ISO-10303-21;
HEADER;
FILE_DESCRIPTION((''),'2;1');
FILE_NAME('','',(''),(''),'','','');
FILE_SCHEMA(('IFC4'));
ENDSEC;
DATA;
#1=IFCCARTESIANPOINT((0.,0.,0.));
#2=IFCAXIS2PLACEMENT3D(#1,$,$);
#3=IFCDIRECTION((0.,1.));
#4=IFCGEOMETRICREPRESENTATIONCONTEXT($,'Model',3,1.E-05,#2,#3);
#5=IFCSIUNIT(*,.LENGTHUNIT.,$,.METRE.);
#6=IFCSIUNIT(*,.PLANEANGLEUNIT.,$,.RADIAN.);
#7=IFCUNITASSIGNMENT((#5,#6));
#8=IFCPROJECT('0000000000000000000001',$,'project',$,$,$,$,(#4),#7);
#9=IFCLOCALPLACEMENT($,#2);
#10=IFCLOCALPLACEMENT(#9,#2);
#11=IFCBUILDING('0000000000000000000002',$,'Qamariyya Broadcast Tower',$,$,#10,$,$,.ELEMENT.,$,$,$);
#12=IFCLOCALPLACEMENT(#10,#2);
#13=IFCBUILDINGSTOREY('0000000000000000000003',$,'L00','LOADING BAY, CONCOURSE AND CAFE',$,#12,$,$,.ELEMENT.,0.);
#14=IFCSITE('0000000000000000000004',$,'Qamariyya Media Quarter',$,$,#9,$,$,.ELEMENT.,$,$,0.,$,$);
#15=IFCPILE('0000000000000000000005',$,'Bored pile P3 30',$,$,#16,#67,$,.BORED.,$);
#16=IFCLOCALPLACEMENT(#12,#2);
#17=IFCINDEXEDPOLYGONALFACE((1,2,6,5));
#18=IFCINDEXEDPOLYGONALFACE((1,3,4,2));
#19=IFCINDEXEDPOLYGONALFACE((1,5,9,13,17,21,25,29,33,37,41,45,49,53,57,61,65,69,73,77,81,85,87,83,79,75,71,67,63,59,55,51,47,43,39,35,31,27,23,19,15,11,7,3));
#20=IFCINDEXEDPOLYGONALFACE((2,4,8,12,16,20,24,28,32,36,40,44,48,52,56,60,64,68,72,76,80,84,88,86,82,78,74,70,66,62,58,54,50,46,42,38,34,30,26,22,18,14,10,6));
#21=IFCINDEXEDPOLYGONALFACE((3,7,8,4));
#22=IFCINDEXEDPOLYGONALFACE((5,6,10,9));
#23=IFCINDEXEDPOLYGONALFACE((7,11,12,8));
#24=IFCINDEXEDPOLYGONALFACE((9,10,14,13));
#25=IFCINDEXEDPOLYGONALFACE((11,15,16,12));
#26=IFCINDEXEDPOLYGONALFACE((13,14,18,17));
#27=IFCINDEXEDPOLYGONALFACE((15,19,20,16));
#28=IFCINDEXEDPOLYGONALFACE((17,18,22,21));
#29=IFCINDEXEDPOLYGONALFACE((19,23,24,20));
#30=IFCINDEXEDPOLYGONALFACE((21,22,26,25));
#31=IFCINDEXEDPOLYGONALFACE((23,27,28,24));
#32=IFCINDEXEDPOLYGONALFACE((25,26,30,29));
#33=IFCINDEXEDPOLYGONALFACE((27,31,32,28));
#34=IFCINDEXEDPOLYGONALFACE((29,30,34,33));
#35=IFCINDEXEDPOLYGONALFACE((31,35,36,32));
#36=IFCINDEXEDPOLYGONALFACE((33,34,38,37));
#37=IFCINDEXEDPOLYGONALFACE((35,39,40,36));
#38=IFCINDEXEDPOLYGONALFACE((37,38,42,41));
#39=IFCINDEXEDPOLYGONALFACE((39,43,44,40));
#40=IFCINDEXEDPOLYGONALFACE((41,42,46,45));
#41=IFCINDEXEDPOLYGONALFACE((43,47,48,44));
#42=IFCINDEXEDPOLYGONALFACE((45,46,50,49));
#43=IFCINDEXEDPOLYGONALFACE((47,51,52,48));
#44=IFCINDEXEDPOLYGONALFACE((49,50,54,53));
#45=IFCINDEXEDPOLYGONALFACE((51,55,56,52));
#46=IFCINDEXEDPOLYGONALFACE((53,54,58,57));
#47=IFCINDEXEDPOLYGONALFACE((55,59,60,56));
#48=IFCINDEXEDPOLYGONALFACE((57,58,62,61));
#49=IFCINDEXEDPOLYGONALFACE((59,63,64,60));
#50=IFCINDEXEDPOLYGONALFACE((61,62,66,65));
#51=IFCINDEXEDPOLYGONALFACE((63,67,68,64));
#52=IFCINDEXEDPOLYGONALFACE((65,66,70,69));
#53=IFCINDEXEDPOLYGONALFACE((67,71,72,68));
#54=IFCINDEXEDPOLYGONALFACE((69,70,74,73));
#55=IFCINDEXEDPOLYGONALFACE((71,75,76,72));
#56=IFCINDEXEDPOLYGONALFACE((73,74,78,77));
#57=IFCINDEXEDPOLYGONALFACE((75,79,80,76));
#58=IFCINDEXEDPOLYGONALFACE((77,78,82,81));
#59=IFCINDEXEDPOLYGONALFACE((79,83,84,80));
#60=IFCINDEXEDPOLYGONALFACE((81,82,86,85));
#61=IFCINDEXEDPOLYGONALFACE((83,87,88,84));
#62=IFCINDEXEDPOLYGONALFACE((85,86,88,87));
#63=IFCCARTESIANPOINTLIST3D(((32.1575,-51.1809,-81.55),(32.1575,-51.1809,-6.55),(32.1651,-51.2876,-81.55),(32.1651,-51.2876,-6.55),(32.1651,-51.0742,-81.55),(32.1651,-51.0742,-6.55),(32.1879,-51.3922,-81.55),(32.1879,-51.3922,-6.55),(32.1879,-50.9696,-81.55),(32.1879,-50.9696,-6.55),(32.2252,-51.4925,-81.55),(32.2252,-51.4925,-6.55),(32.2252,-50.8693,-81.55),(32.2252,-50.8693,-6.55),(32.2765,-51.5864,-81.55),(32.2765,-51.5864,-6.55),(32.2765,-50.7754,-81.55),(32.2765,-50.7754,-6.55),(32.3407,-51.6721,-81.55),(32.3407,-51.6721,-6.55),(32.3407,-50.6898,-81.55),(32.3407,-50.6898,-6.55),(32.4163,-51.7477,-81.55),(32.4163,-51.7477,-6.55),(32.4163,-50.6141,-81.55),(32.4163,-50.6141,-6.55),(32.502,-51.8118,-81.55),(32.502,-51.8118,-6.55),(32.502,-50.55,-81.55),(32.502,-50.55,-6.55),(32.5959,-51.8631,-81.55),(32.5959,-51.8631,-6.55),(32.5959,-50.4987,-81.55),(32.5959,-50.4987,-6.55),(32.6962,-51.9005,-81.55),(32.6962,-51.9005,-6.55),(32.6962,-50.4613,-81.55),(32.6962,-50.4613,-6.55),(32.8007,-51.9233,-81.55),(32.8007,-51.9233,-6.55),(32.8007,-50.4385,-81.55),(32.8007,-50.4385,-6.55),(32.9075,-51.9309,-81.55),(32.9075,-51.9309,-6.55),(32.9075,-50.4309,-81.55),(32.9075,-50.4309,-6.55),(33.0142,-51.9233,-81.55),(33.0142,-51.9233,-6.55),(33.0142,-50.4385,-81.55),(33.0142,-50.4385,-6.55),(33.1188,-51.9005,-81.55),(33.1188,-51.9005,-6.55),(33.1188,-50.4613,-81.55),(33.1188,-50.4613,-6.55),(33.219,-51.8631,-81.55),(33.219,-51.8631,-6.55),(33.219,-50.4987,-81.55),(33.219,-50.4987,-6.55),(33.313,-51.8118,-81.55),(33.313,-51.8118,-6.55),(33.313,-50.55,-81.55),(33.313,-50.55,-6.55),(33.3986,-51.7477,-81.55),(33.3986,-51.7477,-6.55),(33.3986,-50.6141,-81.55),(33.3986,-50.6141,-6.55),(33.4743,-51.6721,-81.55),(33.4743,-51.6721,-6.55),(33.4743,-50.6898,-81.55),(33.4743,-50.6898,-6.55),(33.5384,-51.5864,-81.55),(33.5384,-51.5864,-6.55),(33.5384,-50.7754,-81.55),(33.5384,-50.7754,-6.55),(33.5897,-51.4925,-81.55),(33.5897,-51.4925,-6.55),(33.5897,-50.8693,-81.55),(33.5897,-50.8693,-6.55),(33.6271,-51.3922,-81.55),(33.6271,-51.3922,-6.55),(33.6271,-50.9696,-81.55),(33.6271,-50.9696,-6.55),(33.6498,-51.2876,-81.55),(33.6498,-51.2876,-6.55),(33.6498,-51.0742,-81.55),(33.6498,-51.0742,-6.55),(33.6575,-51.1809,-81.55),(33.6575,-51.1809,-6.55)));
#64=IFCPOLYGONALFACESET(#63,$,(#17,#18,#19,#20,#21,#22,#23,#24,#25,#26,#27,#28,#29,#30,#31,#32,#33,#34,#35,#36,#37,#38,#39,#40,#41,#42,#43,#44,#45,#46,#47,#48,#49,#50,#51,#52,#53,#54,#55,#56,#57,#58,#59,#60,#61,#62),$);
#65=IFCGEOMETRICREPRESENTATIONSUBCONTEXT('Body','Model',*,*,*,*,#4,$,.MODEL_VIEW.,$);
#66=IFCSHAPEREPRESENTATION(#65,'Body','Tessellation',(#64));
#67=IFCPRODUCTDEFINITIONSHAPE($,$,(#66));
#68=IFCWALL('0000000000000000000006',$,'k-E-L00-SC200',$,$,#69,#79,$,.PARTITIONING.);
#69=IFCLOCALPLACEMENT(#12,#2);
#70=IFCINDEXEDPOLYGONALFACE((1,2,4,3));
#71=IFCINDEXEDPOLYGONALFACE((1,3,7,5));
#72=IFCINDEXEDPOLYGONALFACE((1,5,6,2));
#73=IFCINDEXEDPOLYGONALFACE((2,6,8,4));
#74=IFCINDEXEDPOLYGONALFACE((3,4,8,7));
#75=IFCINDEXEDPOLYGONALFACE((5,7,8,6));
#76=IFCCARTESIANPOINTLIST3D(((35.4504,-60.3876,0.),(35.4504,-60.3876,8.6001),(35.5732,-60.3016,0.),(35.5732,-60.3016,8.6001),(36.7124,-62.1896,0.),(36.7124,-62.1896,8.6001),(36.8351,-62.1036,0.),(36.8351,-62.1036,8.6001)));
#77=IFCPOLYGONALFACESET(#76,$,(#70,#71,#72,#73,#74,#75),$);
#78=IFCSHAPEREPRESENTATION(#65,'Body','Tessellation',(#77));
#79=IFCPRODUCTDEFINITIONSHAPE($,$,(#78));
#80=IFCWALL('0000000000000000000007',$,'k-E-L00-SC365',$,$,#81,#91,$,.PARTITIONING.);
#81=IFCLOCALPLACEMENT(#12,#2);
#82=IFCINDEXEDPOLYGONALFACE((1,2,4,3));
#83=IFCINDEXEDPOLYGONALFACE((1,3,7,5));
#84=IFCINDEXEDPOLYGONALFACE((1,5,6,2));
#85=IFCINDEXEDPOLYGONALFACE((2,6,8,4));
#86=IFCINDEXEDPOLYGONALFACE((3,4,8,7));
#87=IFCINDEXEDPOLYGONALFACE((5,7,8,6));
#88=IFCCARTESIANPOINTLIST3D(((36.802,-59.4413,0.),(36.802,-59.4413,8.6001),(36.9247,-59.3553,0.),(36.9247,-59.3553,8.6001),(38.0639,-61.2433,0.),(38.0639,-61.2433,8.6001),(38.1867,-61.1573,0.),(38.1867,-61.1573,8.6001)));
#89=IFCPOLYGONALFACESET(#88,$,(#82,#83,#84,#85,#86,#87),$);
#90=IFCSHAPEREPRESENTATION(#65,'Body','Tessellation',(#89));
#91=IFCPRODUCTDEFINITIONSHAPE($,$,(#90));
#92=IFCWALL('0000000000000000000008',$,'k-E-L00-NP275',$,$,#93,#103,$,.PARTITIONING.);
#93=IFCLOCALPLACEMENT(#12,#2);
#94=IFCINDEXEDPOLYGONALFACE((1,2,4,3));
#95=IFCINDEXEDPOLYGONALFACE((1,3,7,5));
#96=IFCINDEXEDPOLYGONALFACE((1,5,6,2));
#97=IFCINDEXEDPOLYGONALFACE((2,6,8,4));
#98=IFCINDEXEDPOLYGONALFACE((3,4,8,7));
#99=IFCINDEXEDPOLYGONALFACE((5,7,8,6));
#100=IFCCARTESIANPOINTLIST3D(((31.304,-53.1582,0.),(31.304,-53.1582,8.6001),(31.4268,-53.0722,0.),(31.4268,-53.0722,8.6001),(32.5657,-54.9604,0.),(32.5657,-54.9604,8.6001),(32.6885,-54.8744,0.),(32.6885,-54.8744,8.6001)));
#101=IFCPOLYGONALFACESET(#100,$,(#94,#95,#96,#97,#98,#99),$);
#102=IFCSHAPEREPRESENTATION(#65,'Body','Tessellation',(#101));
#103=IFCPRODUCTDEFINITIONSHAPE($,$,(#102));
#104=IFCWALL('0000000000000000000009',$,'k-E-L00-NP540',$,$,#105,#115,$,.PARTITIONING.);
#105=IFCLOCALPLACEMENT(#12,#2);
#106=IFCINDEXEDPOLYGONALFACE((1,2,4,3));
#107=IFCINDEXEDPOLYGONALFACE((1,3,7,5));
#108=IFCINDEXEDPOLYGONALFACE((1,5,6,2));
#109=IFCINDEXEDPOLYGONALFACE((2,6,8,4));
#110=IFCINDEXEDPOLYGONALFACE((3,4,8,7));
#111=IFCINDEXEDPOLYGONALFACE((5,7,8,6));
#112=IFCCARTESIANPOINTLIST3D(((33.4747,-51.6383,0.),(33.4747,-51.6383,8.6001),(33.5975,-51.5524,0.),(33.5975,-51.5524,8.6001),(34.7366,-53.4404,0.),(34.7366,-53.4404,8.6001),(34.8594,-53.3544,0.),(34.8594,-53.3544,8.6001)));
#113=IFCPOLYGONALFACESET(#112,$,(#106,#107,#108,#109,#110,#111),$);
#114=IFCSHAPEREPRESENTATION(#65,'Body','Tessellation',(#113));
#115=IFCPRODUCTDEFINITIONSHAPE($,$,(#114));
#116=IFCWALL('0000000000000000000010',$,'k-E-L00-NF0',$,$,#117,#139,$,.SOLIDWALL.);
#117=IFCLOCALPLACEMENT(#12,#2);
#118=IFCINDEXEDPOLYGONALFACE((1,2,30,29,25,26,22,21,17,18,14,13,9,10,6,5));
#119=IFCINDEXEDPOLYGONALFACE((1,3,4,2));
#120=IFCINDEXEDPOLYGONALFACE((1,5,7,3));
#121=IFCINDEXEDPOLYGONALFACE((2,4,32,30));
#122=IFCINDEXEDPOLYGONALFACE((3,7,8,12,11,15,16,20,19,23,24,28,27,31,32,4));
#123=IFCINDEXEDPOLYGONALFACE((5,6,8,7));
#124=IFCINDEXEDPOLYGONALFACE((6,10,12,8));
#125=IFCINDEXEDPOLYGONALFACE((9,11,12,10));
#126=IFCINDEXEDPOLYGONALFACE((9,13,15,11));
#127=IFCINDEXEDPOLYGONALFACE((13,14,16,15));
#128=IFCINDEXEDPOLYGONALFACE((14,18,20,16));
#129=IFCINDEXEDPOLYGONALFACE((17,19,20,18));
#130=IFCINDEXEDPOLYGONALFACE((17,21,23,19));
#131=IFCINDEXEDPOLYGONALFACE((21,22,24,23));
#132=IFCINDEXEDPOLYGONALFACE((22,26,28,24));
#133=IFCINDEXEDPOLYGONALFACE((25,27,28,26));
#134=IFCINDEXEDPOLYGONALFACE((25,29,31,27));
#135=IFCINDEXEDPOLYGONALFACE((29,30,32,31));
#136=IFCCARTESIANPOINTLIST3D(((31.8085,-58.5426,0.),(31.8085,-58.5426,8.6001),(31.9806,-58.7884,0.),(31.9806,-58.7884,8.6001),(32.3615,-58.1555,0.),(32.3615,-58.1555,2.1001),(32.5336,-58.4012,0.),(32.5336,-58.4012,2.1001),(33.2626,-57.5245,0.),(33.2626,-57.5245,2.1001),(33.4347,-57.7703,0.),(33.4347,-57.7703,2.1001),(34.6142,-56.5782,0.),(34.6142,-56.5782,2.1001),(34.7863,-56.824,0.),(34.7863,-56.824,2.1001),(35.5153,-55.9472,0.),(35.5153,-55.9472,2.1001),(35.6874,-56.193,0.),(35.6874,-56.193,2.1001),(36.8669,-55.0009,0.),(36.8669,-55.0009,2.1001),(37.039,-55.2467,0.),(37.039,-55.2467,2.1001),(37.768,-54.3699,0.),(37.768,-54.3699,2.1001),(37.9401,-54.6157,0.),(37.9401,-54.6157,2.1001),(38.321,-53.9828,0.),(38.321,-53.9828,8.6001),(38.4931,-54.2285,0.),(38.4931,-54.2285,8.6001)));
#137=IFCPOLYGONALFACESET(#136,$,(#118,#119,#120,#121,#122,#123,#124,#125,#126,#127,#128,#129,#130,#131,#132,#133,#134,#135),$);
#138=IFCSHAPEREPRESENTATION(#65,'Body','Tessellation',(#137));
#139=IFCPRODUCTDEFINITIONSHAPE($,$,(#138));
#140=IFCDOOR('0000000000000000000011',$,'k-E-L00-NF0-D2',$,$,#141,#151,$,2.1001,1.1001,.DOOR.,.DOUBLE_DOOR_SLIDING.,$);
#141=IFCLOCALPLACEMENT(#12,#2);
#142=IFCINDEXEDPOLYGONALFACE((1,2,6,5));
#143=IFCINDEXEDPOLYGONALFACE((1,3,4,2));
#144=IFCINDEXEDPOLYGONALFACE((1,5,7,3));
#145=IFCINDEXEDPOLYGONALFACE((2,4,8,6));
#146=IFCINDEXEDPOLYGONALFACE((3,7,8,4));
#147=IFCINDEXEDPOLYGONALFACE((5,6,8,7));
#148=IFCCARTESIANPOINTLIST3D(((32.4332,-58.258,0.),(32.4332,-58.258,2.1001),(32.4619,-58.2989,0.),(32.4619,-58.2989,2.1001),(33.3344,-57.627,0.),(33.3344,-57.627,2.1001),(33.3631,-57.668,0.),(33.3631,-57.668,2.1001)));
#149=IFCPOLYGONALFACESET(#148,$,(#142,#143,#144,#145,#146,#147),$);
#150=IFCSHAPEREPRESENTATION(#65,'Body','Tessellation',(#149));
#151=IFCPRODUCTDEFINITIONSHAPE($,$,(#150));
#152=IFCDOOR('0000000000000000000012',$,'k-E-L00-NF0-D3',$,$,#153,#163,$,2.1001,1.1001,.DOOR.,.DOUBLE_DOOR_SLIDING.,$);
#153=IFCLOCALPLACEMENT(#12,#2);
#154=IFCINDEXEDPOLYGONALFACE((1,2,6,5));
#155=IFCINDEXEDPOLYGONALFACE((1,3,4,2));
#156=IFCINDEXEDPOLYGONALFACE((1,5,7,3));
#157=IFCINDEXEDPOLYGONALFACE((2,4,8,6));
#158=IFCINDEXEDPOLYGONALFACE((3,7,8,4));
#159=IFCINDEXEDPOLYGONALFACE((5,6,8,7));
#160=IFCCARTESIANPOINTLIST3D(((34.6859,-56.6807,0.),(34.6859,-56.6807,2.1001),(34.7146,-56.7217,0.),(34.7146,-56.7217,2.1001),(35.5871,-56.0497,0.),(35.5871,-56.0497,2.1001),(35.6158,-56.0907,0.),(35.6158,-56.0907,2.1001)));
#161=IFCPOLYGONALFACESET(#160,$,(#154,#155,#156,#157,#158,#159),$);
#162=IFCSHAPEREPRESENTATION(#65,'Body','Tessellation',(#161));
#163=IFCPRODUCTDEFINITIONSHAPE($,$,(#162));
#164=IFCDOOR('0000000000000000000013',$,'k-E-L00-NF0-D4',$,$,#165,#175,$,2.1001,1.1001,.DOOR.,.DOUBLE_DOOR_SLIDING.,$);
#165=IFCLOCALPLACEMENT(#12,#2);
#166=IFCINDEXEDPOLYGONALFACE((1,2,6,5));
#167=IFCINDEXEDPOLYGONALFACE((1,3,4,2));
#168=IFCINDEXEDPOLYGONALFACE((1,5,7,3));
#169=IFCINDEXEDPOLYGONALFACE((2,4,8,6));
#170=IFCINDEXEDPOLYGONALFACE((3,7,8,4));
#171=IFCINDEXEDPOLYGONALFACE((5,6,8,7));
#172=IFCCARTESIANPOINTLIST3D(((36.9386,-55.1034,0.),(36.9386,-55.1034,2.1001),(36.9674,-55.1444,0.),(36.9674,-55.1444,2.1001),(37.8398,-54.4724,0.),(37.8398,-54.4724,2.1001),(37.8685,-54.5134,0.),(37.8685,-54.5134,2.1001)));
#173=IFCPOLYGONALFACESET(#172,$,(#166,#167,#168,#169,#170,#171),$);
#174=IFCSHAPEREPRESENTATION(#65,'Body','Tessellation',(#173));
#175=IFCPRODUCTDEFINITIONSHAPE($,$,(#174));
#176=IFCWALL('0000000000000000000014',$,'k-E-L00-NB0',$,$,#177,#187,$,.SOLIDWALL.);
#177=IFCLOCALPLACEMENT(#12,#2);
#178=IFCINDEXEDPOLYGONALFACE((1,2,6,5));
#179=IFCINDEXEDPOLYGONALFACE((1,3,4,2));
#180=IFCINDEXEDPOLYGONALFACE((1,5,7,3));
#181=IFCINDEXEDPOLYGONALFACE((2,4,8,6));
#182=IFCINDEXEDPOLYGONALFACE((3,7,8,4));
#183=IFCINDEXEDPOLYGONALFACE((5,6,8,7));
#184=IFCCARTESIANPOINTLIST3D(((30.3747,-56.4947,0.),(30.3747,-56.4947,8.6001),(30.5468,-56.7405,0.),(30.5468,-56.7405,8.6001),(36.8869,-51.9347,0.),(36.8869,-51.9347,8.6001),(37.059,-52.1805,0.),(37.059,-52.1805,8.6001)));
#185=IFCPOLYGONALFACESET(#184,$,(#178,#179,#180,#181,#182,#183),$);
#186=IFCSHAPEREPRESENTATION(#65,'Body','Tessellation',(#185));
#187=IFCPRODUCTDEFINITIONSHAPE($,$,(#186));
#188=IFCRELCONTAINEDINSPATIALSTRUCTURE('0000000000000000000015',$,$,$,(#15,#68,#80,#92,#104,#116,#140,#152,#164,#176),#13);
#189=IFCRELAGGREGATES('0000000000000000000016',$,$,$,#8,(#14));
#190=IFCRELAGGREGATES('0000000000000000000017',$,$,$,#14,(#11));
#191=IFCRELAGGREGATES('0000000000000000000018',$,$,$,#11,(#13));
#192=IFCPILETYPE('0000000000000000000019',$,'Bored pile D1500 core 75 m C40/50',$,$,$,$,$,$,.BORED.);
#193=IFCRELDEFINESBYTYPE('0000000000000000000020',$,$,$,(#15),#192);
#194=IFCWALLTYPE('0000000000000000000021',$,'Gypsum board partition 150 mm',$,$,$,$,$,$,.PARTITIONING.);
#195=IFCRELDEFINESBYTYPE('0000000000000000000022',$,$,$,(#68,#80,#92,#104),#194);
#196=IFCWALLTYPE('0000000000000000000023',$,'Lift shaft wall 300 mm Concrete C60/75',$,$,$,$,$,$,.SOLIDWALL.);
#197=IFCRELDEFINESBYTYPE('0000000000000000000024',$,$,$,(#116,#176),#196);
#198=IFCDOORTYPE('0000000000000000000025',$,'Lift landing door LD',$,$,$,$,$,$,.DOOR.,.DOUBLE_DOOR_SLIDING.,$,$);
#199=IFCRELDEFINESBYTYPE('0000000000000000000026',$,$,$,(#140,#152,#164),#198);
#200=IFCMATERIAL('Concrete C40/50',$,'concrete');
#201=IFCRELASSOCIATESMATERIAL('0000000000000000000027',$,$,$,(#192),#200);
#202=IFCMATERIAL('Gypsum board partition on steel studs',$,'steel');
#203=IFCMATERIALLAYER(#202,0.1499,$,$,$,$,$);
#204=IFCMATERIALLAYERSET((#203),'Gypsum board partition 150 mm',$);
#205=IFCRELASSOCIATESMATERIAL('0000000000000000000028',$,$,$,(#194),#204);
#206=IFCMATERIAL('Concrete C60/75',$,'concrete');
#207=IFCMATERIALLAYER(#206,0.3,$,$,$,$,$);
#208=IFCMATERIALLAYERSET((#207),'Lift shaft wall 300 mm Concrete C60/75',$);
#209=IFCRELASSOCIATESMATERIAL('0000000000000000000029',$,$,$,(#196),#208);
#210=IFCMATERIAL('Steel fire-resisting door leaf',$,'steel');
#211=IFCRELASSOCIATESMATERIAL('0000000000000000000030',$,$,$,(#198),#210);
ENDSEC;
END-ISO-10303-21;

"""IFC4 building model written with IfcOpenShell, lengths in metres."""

from ifc_helpers import new_model, si_unit, direction, frame, frame_2d, origin, origin_2d, place, context, subcontext, project, spatial, rectangle, circle, extrude, material, layer, layer_set, material_profile, profile_set, type_object, element, fill, save


model = new_model("IFC4")

# Units and contexts
model_context = context("Model", 3, precision=1e-05, world=origin(), true_north=direction((0.0, 1.0)))
body_context = subcontext(model_context, "Body", "Model", "MODEL_VIEW")
ifc_project = project(units=[si_unit("LENGTHUNIT", "METRE"), si_unit("PLANEANGLEUNIT", "RADIAN")], contexts=[model_context])

# Site, building, storey
site_placement = place(None, origin())
site = spatial("IfcSite", under=ifc_project, at=site_placement, Name="Qamariyya Media Quarter", CompositionType="ELEMENT", RefElevation=0.0)
building_placement = place(site_placement, origin())
building = spatial("IfcBuilding", under=site, at=building_placement, Name="Qamariyya Broadcast Tower", CompositionType="ELEMENT")
storey_placement = place(building_placement, origin())
storey = spatial("IfcBuildingStorey", under=building, at=storey_placement, Name="L00", Description="LOADING BAY, CONCOURSE AND CAFE", CompositionType="ELEMENT", Elevation=0.0)

# Pile
ifc_material_1 = material(Name="Concrete C40/50", Category="concrete")
ifc_material_profile = material_profile(ifc_material_1, circle(Radius=0.75, at=origin_2d()))
ifc_profile_set = profile_set([ifc_material_profile], Name="Concrete C40/50")
pile_type = type_object("IfcPileType", Name="Bored pile D1500 core 75 m C40/50", PredefinedType="BORED", material=ifc_profile_set)
for number, where, z_axis, x_axis, name in (
    (1, (32.9075, -51.1809, -6.55), (0.0, 0.0, -1.0), (1.0, 0.0, 0.0), "Bored pile P3 30"),
):
    element("IfcPile", number, at=place(storey_placement, frame(where, z_axis=z_axis, x_axis=x_axis)), inside=storey, type_object=pile_type, Name=name, PredefinedType="BORED", context=body_context, shape_type="SweptSolid", body=[
        extrude(circle(Radius=0.75, at=origin_2d()), origin(), (0.0, 0.0, 1.0), 75.0),
    ])

# Walls
ifc_material_2 = material(Name="Gypsum board partition on steel studs", Category="steel")
ifc_layer_1 = layer(ifc_material_2, 0.1499)
ifc_layer_set_1 = layer_set([ifc_layer_1], Name="Gypsum board partition 150 mm")
wall_type_1 = type_object("IfcWallType", Name="Gypsum board partition 150 mm", PredefinedType="PARTITIONING", material=ifc_layer_set_1)
for number, where, z_axis, x_axis, name in (
    (2, (35.5117, -60.3445, 0.0), (0.0, 0.0, 1.0), (0.573634, -0.819112, 0.0), "k-E-L00-SC200"),
    (3, (36.8633, -59.3982, 0.0), (0.0, 0.0, 1.0), (0.573634, -0.819112, 0.0), "k-E-L00-SC365"),
    (4, (32.6272, -54.9175, 0.0), (0.0, 0.0, 1.0), (-0.573507, 0.819201, 0.0), "k-E-L00-NP275"),
    (5, (34.7981, -53.3975, 0.0), (0.0, 0.0, 1.0), (-0.573634, 0.819112, 0.0), "k-E-L00-NP540"),
):
    element("IfcWall", number, at=place(storey_placement, frame(where, z_axis=z_axis, x_axis=x_axis)), inside=storey, type_object=wall_type_1, Name=name, PredefinedType="PARTITIONING", context=body_context, shape_type="SweptSolid", body=[
        extrude(rectangle(XDim=2.2, YDim=0.1499, at=frame_2d((1.1001, 0.0))), origin(), (0.0, 0.0, 1.0), 8.6001),
    ])

# Wall, openings, doors
ifc_material_3 = material(Name="Concrete C60/75", Category="concrete")
ifc_layer_2 = layer(ifc_material_3, 0.3)
ifc_layer_set_2 = layer_set([ifc_layer_2], Name="Lift shaft wall 300 mm Concrete C60/75")
wall_type_2 = type_object("IfcWallType", Name="Lift shaft wall 300 mm Concrete C60/75", PredefinedType="SOLIDWALL", material=ifc_layer_set_2)
wall_1_placement = place(storey_placement, frame((31.8945, -58.6655, 0.0), z_axis=(0.0, 0.0, 1.0), x_axis=(0.819167, 0.573555, 0.0)))
wall_1 = element("IfcWall", 6, at=wall_1_placement, inside=storey, type_object=wall_type_2, Name="k-E-L00-NF0", PredefinedType="SOLIDWALL", context=body_context, shape_type="SweptSolid", body=[
    extrude(rectangle(XDim=7.9502, YDim=0.3, at=frame_2d((3.9751, 0.0))), origin(), (0.0, 0.0, 1.0), 8.6001),
])
opening_1_placement = place(wall_1_placement, frame((0.675, 0.0, 0.0)))
opening_1 = element("IfcOpeningElement", 7, at=opening_1_placement, cuts=wall_1, PredefinedType="OPENING", context=body_context, shape_type="SweptSolid", body=[
    extrude(rectangle(XDim=1.1001, YDim=2.1001, at=frame_2d((0.55, 1.05))), frame((0.0, 0.1599, 0.0), z_axis=(0.0, -1.0, 0.0), x_axis=(1.0, 0.0, 0.0)), (0.0, 0.0, 1.0), 0.3201),
])
opening_2_placement = place(wall_1_placement, frame((3.425, 0.0, 0.0)))
opening_2 = element("IfcOpeningElement", 8, at=opening_2_placement, cuts=wall_1, PredefinedType="OPENING", context=body_context, shape_type="SweptSolid", body=[
    extrude(rectangle(XDim=1.1001, YDim=2.1001, at=frame_2d((0.55, 1.05))), frame((0.0, 0.1599, 0.0), z_axis=(0.0, -1.0, 0.0), x_axis=(1.0, 0.0, 0.0)), (0.0, 0.0, 1.0), 0.3201),
])
opening_3_placement = place(wall_1_placement, frame((6.175, 0.0, 0.0)))
opening_3 = element("IfcOpeningElement", 9, at=opening_3_placement, cuts=wall_1, PredefinedType="OPENING", context=body_context, shape_type="SweptSolid", body=[
    extrude(rectangle(XDim=1.1001, YDim=2.1001, at=frame_2d((0.55, 1.05))), frame((0.0, 0.1599, 0.0), z_axis=(0.0, -1.0, 0.0), x_axis=(1.0, 0.0, 0.0)), (0.0, 0.0, 1.0), 0.3201),
])
ifc_material_4 = material(Name="Steel fire-resisting door leaf", Category="steel")
door_type_1 = type_object("IfcDoorType", Name="Lift landing door LD", OperationType="DOUBLE_DOOR_SLIDING", PredefinedType="DOOR", material=ifc_material_4)
door_1_placement = place(opening_1_placement, origin())
door_1 = element("IfcDoor", 10, at=door_1_placement, inside=storey, type_object=door_type_1, Name="k-E-L00-NF0-D2", OperationType="DOUBLE_DOOR_SLIDING", OverallHeight=2.1001, OverallWidth=1.1001, PredefinedType="DOOR", context=body_context, shape_type="SweptSolid", body=[
    extrude(rectangle(XDim=1.1001, YDim=2.1001, at=frame_2d((0.55, 1.05))), frame((0.0, 0.0249, 0.0), z_axis=(0.0, -1.0, 0.0), x_axis=(1.0, 0.0, 0.0)), (0.0, 0.0, 1.0), 0.05),
])
fill(opening_1, door_1)
door_2_placement = place(opening_2_placement, origin())
door_2 = element("IfcDoor", 11, at=door_2_placement, inside=storey, type_object=door_type_1, Name="k-E-L00-NF0-D3", OperationType="DOUBLE_DOOR_SLIDING", OverallHeight=2.1001, OverallWidth=1.1001, PredefinedType="DOOR", context=body_context, shape_type="SweptSolid", body=[
    extrude(rectangle(XDim=1.1001, YDim=2.1001, at=frame_2d((0.55, 1.05))), frame((0.0, 0.0249, 0.0), z_axis=(0.0, -1.0, 0.0), x_axis=(1.0, 0.0, 0.0)), (0.0, 0.0, 1.0), 0.05),
])
fill(opening_2, door_2)
door_3_placement = place(opening_3_placement, origin())
door_3 = element("IfcDoor", 12, at=door_3_placement, inside=storey, type_object=door_type_1, Name="k-E-L00-NF0-D4", OperationType="DOUBLE_DOOR_SLIDING", OverallHeight=2.1001, OverallWidth=1.1001, PredefinedType="DOOR", context=body_context, shape_type="SweptSolid", body=[
    extrude(rectangle(XDim=1.1001, YDim=2.1001, at=frame_2d((0.55, 1.05))), frame((0.0, 0.0249, 0.0), z_axis=(0.0, -1.0, 0.0), x_axis=(1.0, 0.0, 0.0)), (0.0, 0.0, 1.0), 0.05),
])
fill(opening_3, door_3)

# Wall
wall_2_placement = place(storey_placement, frame((30.4607, -56.6177, 0.0), z_axis=(0.0, 0.0, 1.0), x_axis=(0.819142, 0.57359, 0.0)))
element("IfcWall", 13, at=wall_2_placement, inside=storey, type_object=wall_type_2, Name="k-E-L00-NB0", PredefinedType="SOLIDWALL", context=body_context, shape_type="SweptSolid", body=[
    extrude(rectangle(XDim=7.95, YDim=0.3, at=frame_2d((3.9751, 0.0))), origin(), (0.0, 0.0, 1.0), 8.6001),
])

save(model, "model.ifc")
